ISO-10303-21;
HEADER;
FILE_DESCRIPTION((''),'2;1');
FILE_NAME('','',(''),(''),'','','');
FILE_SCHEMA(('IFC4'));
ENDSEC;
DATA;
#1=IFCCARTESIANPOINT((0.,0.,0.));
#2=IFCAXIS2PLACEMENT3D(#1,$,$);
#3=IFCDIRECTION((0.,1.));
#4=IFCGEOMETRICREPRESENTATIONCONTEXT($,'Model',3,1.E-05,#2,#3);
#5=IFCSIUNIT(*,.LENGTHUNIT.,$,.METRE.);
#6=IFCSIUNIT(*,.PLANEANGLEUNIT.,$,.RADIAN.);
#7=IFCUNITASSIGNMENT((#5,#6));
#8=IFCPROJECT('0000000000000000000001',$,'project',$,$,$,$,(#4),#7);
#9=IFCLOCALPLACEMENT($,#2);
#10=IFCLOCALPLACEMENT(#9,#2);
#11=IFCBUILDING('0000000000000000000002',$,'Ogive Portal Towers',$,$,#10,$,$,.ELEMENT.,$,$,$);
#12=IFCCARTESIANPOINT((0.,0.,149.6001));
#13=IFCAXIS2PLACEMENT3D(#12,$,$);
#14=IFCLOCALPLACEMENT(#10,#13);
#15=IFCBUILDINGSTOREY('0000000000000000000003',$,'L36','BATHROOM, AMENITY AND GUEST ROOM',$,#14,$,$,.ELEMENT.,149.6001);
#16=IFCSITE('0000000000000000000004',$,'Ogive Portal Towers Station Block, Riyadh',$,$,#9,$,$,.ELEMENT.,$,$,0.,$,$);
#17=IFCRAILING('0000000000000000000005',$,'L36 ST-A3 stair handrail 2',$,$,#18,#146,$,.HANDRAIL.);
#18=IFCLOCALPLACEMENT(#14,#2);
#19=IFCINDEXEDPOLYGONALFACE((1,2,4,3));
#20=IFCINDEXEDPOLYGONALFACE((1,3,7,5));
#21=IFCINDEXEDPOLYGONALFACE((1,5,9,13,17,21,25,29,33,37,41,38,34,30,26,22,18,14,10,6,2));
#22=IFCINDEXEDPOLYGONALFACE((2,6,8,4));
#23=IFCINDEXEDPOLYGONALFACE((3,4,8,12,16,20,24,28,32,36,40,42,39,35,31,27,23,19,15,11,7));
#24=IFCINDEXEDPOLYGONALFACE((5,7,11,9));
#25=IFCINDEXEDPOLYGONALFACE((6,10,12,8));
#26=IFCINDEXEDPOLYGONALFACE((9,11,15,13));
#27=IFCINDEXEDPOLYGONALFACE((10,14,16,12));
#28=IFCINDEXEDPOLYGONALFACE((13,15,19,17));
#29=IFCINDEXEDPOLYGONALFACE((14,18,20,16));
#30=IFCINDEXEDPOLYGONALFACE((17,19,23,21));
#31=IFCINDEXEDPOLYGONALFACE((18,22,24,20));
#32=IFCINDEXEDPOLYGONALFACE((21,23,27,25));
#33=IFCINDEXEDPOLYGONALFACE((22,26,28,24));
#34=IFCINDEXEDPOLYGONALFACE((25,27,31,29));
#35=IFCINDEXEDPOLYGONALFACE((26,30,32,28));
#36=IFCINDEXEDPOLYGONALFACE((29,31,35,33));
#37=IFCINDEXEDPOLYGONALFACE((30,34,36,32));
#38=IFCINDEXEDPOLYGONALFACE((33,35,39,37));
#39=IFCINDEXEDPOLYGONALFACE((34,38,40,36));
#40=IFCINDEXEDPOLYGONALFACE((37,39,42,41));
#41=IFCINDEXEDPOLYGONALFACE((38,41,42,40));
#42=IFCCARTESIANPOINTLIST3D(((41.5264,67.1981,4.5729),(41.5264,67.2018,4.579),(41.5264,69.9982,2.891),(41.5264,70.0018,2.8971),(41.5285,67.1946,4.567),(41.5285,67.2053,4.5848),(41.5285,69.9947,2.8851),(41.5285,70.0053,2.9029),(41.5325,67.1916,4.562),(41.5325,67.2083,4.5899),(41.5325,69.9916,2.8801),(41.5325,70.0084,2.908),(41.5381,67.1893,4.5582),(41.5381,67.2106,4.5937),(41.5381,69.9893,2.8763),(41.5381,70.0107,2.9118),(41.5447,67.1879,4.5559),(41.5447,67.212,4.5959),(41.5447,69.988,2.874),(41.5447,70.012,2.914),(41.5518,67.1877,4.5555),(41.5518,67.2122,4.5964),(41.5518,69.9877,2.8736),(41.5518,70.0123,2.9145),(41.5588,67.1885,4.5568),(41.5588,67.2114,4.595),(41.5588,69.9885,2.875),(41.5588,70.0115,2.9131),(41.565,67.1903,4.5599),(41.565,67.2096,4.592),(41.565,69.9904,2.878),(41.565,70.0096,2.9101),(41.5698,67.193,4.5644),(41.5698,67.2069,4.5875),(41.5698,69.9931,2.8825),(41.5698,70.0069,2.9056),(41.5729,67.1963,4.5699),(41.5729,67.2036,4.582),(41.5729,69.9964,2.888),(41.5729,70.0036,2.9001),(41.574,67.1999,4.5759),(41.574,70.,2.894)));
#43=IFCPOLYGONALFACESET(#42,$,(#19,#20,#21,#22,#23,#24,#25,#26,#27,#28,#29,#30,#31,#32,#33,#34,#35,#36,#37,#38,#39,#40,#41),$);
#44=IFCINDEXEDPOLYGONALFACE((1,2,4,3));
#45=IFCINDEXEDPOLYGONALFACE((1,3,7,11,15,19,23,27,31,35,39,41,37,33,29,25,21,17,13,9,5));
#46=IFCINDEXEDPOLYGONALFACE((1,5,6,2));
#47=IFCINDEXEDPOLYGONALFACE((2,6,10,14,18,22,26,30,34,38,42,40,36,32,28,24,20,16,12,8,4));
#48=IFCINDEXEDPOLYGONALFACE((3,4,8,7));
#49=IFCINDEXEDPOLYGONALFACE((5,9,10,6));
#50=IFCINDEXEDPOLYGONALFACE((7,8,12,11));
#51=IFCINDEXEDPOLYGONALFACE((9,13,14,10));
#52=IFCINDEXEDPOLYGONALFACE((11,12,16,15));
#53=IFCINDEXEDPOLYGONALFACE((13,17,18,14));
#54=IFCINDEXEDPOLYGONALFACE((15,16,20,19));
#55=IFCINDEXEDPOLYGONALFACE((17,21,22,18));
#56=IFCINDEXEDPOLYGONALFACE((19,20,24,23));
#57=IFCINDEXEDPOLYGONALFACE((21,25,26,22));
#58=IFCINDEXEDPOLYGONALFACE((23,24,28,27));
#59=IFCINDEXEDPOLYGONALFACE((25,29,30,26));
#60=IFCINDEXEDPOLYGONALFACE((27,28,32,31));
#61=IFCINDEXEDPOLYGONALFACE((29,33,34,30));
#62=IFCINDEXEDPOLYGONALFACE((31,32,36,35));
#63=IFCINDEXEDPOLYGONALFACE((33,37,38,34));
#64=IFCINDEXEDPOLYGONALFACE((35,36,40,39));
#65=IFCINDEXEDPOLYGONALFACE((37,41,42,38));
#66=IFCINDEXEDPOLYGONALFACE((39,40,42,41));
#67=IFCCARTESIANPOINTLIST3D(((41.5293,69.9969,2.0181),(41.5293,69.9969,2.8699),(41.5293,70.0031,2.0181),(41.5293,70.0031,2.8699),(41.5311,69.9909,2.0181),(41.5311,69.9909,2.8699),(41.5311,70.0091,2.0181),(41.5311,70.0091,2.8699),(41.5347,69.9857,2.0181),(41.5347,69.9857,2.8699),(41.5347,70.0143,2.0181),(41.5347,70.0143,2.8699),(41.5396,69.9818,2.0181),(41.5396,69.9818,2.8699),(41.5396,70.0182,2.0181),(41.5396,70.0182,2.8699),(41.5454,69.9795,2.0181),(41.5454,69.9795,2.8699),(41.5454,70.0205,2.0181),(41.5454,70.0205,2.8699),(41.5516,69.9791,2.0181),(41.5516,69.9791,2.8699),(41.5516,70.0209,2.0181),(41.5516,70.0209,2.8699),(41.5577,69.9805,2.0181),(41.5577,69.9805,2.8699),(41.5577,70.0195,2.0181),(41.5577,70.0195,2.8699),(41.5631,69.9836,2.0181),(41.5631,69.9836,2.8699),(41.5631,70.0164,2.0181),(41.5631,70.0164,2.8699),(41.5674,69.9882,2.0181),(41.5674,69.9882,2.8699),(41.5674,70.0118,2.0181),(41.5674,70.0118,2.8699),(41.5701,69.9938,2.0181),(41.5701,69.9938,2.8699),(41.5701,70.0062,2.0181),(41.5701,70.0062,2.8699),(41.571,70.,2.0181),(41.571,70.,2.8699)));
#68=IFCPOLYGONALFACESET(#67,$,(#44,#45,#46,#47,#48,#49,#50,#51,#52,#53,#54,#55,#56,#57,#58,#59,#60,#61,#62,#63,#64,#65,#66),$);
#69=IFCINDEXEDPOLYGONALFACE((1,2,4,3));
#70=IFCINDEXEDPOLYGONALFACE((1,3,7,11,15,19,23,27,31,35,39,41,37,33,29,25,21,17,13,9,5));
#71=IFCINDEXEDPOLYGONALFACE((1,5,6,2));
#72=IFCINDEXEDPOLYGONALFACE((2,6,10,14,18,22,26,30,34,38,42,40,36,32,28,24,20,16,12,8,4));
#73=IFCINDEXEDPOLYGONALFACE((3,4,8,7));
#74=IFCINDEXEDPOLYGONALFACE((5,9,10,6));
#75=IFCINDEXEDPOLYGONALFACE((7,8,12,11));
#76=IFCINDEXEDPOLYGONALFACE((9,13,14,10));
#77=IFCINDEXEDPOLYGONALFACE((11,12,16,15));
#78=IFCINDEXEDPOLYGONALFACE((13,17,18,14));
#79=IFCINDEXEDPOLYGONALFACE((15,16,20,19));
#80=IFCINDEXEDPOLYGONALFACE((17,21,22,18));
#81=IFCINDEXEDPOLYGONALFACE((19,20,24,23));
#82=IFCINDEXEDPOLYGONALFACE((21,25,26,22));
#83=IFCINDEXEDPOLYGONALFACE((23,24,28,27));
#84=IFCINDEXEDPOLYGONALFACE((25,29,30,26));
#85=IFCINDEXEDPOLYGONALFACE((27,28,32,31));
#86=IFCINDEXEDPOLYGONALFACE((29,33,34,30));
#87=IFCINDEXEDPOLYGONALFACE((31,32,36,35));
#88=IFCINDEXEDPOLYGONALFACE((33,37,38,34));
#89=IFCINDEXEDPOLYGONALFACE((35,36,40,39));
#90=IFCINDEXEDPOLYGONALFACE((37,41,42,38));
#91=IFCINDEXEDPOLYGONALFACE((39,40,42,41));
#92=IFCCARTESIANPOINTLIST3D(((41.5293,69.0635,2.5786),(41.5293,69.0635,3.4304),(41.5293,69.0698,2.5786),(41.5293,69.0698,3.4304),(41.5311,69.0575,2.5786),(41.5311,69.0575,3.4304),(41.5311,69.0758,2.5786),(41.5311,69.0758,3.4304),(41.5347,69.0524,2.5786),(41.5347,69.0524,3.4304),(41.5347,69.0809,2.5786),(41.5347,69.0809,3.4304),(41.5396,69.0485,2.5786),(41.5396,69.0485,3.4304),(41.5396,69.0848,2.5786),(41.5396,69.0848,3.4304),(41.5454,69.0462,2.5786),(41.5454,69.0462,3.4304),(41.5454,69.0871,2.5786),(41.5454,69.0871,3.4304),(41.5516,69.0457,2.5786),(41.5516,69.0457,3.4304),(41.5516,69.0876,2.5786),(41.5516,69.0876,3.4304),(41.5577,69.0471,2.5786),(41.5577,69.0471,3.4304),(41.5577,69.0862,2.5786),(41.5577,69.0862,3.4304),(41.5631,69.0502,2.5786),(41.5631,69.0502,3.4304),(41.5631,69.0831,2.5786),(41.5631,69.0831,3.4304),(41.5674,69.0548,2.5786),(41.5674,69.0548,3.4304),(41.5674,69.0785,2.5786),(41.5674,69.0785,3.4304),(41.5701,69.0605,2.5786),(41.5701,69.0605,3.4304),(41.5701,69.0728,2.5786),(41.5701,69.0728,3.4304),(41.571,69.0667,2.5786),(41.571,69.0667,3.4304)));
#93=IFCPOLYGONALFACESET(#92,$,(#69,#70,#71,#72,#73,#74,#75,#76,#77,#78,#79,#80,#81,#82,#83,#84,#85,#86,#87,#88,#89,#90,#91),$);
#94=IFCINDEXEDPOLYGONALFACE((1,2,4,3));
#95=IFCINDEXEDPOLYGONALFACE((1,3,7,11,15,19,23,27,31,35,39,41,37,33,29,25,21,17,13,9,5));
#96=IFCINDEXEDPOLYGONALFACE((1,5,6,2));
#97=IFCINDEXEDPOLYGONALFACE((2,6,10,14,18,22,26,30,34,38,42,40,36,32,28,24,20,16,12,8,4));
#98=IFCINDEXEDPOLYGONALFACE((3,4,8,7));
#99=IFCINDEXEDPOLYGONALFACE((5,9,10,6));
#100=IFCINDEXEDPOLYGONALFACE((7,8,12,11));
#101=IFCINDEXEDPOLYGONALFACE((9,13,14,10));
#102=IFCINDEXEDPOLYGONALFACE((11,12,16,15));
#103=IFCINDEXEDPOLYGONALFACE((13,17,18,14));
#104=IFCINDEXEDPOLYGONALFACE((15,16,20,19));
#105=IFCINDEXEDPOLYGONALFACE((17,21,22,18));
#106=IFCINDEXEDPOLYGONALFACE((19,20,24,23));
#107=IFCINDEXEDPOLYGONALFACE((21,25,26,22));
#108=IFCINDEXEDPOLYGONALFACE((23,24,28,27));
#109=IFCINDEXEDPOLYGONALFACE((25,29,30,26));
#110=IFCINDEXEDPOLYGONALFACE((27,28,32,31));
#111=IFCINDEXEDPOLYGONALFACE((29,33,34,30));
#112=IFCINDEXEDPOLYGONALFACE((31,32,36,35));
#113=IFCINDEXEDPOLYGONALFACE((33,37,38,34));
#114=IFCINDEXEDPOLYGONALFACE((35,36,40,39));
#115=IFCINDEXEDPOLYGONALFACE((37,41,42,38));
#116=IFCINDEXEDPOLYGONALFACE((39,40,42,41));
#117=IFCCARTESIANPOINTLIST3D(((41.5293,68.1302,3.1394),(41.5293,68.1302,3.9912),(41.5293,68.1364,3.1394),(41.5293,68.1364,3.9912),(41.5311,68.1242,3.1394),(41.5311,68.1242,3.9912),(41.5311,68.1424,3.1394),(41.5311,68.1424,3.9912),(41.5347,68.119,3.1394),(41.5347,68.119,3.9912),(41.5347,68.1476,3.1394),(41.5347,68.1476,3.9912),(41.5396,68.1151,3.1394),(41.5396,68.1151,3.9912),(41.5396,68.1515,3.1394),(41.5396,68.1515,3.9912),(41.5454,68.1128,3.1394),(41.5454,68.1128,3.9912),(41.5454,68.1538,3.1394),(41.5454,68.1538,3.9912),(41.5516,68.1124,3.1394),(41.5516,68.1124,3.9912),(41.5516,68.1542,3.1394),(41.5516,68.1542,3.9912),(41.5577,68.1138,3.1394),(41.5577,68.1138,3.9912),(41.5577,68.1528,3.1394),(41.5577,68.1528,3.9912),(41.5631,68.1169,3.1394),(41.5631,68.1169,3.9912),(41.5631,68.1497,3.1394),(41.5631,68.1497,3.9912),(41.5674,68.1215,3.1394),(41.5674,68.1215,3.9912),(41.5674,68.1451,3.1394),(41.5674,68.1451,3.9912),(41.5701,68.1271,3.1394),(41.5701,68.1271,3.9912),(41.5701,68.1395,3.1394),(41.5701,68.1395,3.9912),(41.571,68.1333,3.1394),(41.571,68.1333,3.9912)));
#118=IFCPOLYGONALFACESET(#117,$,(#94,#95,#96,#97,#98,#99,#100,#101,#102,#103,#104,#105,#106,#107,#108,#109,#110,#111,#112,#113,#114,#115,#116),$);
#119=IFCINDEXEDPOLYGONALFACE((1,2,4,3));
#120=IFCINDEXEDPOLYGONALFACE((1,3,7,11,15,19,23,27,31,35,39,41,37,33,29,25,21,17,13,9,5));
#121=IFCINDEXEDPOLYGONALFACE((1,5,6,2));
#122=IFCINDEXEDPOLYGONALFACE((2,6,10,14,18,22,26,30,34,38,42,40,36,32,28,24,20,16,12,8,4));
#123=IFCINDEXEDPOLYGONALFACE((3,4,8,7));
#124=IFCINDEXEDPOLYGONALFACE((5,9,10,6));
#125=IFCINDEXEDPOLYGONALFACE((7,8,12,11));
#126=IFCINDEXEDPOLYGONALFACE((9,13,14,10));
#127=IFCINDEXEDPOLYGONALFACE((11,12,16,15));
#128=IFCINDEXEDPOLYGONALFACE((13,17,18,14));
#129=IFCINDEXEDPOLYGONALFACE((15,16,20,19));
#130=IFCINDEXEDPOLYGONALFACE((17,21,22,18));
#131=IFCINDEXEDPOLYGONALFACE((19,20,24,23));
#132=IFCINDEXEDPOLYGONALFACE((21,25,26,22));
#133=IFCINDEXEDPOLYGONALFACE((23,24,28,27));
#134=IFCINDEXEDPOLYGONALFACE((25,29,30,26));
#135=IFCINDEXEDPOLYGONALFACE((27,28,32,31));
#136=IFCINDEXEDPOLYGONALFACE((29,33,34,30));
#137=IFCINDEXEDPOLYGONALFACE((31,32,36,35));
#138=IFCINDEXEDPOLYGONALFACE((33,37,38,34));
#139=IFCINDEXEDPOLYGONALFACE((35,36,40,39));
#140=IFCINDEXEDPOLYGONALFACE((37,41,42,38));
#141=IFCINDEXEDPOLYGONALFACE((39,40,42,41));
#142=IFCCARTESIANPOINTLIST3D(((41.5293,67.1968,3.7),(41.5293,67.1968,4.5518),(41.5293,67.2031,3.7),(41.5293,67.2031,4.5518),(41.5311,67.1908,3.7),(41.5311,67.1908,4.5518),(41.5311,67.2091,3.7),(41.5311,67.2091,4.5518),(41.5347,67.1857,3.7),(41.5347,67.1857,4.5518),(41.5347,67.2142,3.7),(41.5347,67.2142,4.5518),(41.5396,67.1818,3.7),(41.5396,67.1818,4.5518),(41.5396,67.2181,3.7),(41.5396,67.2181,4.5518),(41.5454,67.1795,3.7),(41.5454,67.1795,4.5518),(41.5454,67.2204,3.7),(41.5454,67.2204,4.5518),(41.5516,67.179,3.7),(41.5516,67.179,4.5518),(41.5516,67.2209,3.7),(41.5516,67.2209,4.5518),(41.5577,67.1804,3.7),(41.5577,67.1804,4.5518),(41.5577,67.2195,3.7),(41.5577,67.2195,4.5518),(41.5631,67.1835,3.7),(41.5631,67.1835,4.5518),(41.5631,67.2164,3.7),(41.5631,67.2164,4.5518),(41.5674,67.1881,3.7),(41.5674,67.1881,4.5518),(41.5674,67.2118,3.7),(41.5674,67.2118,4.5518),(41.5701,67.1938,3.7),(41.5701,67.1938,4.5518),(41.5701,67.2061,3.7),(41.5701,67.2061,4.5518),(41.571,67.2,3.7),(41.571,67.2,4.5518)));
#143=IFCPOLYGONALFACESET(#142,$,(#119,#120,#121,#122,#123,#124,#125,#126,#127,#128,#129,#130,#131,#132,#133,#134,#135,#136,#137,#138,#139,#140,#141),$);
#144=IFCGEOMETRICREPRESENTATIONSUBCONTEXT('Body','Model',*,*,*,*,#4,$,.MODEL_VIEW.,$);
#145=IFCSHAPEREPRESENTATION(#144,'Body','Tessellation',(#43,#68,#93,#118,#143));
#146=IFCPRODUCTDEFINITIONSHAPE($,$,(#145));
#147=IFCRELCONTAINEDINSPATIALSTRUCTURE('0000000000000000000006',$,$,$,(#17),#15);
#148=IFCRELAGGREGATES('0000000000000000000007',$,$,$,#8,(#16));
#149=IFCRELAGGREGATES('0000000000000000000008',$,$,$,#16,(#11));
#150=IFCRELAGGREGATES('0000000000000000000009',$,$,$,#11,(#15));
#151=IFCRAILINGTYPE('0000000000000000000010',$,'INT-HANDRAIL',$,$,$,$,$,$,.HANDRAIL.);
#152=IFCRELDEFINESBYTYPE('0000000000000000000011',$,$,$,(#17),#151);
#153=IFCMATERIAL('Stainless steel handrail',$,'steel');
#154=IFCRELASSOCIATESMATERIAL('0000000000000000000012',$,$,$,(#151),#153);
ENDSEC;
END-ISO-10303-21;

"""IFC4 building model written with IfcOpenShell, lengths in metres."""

from ifc_helpers import new_model, si_unit, direction, frame, origin, origin_2d, place, context, subcontext, project, spatial, circle, extrude, material, type_object, element, save


model = new_model("IFC4")

# Units and contexts
model_context = context("Model", 3, precision=1e-05, world=origin(), true_north=direction((0.0, 1.0)))
body_context = subcontext(model_context, "Body", "Model", "MODEL_VIEW")
ifc_project = project(units=[si_unit("LENGTHUNIT", "METRE"), si_unit("PLANEANGLEUNIT", "RADIAN")], contexts=[model_context])

# Site, building, storey
site_placement = place(None, origin())
site = spatial("IfcSite", under=ifc_project, at=site_placement, Name="Ogive Portal Towers Station Block, Riyadh", CompositionType="ELEMENT", RefElevation=0.0)
building_placement = place(site_placement, origin())
building = spatial("IfcBuilding", under=site, at=building_placement, Name="Ogive Portal Towers", CompositionType="ELEMENT")
storey_placement = place(building_placement, frame((0.0, 0.0, 149.6001)))
storey = spatial("IfcBuildingStorey", under=building, at=storey_placement, Name="L36", Description="BATHROOM, AMENITY AND GUEST ROOM", CompositionType="ELEMENT", Elevation=149.6001)

# Railing
ifc_material_1 = material(Name="Stainless steel handrail", Category="steel")
railing_type_1 = type_object("IfcRailingType", Name="INT-HANDRAIL", PredefinedType="HANDRAIL", material=ifc_material_1)
railing_1_placement = place(storey_placement, frame((41.55, 70.0, 2.0181)))
element("IfcRailing", 1, at=railing_1_placement, inside=storey, type_object=railing_type_1, Name="L36 ST-A3 stair handrail 2", PredefinedType="HANDRAIL", context=body_context, shape_type="SweptSolid", body=[
    extrude(circle(Radius=0.0239, at=origin_2d()), frame((0.0, 0.0, 0.876), z_axis=(0.0, -0.857242, 0.514913), x_axis=(1.0, 0.0, 0.0)), (0.0, 0.0, 1.0), 3.2664),
    extrude(circle(Radius=0.021, at=origin_2d()), origin(), (0.0, 0.0, 1.0), 0.8518),
    extrude(circle(Radius=0.021, at=origin_2d()), frame((0.0, -0.9333, 0.5605)), (0.0, 0.0, 1.0), 0.8518),
    extrude(circle(Radius=0.021, at=origin_2d()), frame((0.0, -1.8667, 1.1213)), (0.0, 0.0, 1.0), 0.8518),
    extrude(circle(Radius=0.021, at=origin_2d()), frame((0.0, -2.8, 1.6819)), (0.0, 0.0, 1.0), 0.8518),
])

save(model, "model.ifc")
